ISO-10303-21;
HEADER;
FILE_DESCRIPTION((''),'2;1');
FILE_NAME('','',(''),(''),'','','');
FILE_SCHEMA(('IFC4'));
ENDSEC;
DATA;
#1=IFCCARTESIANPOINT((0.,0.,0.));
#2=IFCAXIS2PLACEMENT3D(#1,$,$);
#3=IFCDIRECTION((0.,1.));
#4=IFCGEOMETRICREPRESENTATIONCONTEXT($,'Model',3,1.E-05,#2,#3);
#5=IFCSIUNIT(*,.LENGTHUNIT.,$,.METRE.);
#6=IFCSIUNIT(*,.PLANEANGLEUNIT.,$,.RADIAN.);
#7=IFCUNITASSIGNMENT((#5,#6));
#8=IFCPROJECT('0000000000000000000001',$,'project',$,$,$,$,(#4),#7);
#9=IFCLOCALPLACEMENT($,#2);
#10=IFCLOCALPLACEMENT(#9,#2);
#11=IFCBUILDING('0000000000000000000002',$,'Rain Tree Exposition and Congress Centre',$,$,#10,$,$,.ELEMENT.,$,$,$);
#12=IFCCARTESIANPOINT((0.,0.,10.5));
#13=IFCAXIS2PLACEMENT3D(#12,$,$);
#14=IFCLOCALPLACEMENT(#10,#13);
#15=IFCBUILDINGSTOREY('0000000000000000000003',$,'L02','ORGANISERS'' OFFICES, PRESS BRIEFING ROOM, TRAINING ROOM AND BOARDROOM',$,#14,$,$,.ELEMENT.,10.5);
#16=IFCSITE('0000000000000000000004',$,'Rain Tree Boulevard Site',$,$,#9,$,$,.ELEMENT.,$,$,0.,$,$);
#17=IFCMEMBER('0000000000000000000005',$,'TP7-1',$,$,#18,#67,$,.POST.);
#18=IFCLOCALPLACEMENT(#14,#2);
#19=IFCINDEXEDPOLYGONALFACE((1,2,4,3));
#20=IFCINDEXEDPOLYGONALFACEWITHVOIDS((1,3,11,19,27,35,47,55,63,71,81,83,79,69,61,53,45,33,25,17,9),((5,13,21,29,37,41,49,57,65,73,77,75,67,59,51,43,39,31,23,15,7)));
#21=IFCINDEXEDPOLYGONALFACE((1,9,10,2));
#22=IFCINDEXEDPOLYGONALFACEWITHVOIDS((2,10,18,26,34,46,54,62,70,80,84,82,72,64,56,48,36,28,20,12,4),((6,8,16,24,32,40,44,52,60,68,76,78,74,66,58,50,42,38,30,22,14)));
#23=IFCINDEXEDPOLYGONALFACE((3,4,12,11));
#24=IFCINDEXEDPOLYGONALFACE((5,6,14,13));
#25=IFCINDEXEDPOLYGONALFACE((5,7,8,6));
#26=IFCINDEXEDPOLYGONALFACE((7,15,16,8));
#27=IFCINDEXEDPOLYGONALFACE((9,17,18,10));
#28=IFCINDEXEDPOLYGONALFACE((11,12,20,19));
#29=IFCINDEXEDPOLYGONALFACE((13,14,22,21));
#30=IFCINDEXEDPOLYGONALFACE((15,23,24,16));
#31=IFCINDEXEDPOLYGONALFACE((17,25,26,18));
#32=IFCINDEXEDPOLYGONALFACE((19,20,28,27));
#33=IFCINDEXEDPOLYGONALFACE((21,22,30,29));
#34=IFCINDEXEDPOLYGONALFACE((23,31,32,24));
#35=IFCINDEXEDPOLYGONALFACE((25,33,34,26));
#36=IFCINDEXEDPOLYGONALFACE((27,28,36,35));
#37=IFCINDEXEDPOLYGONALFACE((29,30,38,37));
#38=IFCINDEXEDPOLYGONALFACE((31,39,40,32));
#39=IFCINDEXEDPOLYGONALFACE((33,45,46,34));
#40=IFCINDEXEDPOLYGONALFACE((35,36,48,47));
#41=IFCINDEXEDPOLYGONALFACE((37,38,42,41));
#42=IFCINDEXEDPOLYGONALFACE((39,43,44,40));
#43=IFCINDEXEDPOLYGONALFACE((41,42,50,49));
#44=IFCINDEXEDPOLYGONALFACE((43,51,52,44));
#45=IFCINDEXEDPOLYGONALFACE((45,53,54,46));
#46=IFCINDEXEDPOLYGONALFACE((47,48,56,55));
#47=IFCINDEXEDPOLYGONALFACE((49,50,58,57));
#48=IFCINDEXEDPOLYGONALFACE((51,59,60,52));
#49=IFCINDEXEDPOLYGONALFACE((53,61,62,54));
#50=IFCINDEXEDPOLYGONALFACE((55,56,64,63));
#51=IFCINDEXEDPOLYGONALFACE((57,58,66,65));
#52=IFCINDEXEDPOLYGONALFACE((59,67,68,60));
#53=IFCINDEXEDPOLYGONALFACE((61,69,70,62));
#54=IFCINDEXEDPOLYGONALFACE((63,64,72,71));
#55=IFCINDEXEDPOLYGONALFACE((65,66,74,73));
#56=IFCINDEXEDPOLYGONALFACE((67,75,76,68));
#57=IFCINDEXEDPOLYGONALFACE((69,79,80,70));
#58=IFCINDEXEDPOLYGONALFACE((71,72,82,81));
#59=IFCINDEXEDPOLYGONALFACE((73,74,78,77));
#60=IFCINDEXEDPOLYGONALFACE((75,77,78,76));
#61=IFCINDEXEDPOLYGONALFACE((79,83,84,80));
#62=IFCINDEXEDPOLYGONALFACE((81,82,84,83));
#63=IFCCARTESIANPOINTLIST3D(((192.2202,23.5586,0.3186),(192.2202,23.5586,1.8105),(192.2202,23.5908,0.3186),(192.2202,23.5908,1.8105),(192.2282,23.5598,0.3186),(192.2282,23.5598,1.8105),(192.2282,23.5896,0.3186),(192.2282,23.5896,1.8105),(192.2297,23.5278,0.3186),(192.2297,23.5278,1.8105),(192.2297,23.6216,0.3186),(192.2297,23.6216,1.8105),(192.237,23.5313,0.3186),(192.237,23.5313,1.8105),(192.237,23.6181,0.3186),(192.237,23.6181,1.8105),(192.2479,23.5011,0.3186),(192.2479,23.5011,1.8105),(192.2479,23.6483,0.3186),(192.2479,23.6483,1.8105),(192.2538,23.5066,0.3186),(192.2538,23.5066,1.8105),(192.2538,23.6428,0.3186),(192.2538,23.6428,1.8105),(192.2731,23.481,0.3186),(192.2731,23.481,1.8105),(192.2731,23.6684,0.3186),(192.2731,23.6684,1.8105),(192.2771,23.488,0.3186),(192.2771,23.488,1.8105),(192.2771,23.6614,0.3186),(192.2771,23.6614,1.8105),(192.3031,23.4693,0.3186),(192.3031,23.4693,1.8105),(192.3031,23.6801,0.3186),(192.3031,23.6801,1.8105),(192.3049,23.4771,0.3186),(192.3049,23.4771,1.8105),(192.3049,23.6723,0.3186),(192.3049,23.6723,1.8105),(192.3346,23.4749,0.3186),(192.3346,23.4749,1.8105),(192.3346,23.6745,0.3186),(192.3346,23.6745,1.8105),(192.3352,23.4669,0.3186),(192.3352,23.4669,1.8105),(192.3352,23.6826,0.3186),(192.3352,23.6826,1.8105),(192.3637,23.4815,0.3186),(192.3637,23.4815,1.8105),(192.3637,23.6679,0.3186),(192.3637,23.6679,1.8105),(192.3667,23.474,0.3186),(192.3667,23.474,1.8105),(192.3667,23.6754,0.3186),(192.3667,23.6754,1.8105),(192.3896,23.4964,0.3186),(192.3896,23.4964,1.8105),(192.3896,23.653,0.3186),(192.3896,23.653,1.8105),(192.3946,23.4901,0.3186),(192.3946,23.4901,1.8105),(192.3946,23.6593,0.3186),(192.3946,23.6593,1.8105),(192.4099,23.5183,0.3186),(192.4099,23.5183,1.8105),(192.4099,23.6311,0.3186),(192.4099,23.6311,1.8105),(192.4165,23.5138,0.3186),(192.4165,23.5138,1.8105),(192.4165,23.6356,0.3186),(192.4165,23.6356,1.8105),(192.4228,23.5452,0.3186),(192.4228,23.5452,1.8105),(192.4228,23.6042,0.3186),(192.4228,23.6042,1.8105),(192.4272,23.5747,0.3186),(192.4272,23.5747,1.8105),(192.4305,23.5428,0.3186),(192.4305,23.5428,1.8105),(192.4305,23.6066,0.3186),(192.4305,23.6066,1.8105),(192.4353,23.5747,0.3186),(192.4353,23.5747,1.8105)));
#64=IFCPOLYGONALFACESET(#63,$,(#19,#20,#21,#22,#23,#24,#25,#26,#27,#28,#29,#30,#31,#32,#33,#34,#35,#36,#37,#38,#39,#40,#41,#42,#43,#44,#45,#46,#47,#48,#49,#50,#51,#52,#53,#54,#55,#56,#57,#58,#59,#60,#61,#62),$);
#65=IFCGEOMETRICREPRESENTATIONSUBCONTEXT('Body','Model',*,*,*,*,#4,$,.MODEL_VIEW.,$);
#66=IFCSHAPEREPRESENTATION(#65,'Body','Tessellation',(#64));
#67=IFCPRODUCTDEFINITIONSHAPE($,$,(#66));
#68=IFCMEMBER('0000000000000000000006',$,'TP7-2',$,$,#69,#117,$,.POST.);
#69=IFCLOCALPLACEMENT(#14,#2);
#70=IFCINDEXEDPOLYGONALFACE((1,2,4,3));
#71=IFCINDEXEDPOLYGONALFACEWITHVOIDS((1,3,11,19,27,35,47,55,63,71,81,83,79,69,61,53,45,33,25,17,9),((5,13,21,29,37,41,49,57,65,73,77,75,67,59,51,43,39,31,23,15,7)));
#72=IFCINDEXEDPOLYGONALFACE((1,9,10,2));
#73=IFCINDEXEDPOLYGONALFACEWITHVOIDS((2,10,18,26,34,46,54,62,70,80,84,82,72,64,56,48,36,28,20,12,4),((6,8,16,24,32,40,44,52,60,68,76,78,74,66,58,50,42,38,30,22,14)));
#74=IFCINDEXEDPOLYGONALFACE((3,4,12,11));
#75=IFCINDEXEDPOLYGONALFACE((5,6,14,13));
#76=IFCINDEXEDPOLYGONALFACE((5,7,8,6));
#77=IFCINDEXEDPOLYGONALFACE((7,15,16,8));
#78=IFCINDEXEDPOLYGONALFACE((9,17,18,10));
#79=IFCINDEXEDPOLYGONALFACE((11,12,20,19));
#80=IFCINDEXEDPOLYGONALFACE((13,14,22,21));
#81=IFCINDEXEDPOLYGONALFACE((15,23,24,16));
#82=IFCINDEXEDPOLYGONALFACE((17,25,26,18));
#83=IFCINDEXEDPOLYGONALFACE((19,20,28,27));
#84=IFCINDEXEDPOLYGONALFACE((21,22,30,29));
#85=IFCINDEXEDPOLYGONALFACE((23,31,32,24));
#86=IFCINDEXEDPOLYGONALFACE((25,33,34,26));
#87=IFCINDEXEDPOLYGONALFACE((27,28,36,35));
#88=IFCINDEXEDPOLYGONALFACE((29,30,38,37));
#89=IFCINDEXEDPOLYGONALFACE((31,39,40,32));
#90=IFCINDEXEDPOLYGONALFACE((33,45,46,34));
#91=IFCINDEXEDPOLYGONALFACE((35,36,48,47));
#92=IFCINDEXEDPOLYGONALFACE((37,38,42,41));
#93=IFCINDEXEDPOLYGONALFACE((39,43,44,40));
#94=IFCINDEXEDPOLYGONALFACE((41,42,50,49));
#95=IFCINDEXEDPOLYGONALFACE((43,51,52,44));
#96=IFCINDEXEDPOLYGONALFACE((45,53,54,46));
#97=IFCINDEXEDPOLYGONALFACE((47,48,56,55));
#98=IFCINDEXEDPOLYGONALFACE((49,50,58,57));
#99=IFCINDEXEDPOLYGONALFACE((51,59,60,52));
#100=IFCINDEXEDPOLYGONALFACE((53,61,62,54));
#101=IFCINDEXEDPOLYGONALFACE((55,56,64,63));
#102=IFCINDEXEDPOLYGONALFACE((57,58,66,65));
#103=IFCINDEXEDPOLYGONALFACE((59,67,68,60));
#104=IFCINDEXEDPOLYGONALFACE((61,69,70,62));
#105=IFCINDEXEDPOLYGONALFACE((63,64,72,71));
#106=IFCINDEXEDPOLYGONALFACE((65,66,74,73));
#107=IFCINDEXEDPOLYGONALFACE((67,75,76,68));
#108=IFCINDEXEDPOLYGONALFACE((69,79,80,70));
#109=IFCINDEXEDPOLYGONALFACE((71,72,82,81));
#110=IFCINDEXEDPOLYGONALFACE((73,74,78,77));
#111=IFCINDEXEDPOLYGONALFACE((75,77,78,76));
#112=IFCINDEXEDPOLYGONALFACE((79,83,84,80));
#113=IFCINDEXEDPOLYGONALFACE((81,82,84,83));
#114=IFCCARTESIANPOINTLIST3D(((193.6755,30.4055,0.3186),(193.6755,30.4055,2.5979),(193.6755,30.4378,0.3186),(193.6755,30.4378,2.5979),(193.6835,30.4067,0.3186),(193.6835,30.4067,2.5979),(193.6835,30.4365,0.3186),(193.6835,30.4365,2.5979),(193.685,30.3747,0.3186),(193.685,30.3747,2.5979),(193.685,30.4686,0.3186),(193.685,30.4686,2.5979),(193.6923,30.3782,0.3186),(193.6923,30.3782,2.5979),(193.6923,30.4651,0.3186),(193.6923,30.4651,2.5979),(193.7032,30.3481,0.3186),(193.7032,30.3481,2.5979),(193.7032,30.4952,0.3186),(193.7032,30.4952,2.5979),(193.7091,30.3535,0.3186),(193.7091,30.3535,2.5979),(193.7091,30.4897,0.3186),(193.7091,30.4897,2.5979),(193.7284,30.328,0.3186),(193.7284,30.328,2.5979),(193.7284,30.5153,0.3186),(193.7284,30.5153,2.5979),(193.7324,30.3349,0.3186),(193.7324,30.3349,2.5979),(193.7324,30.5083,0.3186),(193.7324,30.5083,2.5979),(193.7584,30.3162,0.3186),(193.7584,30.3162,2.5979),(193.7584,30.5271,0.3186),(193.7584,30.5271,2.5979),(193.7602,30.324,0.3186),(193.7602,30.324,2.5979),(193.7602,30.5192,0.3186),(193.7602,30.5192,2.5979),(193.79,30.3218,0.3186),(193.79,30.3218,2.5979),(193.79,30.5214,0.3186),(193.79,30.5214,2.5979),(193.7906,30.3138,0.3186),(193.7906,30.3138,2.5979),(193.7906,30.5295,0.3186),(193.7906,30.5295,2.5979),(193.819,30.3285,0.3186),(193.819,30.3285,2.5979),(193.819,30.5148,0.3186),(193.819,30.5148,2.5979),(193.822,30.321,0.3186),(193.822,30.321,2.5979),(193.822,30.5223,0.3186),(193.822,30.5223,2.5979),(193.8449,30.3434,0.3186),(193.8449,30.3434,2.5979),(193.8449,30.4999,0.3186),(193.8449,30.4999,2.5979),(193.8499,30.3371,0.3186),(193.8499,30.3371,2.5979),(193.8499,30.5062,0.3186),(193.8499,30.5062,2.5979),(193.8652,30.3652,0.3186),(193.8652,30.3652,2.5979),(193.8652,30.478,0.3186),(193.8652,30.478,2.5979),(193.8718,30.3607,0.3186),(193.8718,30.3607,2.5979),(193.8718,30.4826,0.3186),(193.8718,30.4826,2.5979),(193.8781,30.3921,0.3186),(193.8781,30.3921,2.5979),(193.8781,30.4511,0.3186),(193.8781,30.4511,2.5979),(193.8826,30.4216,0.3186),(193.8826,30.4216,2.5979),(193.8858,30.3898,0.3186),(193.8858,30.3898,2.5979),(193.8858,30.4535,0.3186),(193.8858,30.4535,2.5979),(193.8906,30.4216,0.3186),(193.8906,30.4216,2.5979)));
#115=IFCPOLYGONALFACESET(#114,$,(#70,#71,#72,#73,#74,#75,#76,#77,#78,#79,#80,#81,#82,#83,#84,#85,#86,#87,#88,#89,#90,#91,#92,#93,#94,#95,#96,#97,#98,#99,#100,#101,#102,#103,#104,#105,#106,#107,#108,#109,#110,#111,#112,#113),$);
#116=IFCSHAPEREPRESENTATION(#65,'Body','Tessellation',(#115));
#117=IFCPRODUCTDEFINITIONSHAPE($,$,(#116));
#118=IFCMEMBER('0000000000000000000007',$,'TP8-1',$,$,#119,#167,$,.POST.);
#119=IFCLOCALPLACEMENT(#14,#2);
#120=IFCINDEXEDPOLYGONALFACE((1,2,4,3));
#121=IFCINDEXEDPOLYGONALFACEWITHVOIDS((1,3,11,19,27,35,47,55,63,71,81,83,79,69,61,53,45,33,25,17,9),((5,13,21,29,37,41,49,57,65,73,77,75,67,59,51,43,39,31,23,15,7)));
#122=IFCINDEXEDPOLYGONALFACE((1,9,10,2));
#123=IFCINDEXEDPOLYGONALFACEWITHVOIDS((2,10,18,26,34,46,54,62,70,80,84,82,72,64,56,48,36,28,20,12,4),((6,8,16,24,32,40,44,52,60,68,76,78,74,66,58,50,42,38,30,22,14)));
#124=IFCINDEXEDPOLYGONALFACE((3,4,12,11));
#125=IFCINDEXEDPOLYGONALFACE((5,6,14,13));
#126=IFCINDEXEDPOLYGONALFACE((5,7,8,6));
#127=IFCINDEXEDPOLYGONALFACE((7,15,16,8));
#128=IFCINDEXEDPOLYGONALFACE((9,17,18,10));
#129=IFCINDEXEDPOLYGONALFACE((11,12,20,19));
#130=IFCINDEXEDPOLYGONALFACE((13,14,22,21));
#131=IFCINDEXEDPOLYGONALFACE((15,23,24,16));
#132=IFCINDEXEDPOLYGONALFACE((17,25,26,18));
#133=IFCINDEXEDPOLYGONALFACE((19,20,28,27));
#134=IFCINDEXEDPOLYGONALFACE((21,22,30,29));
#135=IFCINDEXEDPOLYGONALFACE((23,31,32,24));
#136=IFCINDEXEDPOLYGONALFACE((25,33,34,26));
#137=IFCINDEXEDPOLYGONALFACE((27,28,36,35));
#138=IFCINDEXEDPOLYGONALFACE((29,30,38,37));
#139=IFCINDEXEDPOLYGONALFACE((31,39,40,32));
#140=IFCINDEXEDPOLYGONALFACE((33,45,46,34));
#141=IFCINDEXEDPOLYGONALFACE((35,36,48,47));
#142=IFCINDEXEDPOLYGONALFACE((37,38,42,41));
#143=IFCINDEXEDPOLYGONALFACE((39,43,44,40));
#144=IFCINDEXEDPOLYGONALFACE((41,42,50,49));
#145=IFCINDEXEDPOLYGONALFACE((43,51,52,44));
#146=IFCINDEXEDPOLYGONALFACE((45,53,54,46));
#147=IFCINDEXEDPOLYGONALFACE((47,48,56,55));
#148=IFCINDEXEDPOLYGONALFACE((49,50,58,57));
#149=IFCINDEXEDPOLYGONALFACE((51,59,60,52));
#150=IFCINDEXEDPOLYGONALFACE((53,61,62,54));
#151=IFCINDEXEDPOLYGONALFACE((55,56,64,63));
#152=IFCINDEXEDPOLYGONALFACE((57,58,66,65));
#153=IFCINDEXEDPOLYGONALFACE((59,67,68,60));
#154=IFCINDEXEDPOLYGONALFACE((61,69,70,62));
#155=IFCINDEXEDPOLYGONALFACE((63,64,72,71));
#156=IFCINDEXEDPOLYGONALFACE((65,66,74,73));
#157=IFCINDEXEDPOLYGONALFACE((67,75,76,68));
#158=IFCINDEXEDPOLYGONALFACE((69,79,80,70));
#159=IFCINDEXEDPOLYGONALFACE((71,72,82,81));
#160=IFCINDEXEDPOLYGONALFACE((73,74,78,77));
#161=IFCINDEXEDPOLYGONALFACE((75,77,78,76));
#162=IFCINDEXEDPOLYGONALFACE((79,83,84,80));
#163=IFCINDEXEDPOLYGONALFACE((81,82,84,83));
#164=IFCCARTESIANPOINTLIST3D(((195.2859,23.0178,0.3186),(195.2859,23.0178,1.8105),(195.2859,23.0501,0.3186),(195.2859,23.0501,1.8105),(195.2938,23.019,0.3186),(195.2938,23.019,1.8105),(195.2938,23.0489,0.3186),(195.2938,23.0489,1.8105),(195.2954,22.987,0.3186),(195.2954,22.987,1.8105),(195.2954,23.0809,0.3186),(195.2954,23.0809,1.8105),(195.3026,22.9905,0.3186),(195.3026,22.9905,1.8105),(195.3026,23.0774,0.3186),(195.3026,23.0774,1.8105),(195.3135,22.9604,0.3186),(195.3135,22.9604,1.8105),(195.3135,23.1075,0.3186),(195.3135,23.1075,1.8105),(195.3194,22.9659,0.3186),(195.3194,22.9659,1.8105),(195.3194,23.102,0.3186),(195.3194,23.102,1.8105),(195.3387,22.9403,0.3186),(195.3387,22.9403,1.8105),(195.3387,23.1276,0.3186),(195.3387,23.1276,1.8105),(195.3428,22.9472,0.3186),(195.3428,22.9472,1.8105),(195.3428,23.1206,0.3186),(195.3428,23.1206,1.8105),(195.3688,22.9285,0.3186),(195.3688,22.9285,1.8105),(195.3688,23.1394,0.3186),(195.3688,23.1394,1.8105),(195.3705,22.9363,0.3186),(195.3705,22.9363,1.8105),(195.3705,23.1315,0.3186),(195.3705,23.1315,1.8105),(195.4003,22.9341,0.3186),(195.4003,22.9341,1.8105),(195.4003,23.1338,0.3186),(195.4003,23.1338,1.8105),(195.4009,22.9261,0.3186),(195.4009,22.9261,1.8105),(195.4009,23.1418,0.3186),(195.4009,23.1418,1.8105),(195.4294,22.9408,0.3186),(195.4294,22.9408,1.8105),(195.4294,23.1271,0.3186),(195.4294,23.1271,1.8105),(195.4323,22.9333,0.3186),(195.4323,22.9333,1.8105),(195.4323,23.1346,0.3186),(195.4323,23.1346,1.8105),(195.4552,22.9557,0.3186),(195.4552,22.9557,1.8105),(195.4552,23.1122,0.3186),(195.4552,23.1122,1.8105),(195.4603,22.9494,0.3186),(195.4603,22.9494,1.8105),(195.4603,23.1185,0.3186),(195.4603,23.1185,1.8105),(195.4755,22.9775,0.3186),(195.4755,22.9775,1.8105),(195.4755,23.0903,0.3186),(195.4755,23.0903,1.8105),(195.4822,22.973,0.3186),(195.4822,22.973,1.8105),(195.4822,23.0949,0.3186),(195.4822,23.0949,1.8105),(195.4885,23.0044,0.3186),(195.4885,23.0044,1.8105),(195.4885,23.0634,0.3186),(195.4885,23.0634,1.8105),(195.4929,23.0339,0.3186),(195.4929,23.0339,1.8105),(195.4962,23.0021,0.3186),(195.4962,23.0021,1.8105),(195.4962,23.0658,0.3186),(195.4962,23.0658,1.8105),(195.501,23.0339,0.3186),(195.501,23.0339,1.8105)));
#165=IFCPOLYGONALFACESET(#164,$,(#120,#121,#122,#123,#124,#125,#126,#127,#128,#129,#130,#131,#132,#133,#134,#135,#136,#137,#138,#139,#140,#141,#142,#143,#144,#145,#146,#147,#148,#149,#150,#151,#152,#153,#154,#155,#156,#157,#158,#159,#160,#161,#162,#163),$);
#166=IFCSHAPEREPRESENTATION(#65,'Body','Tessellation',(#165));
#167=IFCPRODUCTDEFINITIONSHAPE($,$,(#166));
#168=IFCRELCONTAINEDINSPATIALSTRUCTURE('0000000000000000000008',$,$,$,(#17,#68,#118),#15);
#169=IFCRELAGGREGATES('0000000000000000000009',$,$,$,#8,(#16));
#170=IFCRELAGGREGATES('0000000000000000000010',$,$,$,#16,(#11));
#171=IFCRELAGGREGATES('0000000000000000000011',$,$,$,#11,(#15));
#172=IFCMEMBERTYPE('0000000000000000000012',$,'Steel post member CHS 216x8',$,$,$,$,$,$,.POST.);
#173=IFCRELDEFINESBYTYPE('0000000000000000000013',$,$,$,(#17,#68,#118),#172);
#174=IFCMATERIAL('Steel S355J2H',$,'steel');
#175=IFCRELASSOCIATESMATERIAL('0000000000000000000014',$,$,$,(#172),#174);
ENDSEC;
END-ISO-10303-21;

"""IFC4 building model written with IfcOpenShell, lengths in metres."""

from ifc_helpers import new_model, si_unit, direction, frame, origin, origin_2d, place, context, subcontext, project, spatial, hollow_circle, extrude, material, material_profile, profile_set, type_object, element, save


model = new_model("IFC4")

# Units and contexts
model_context = context("Model", 3, precision=1e-05, world=origin(), true_north=direction((0.0, 1.0)))
body_context = subcontext(model_context, "Body", "Model", "MODEL_VIEW")
ifc_project = project(units=[si_unit("LENGTHUNIT", "METRE"), si_unit("PLANEANGLEUNIT", "RADIAN")], contexts=[model_context])

# Site, building, storey
site_placement = place(None, origin())
site = spatial("IfcSite", under=ifc_project, at=site_placement, Name="Rain Tree Boulevard Site", CompositionType="ELEMENT", RefElevation=0.0)
building_placement = place(site_placement, origin())
building = spatial("IfcBuilding", under=site, at=building_placement, Name="Rain Tree Exposition and Congress Centre", CompositionType="ELEMENT")
storey_placement = place(building_placement, frame((0.0, 0.0, 10.5)))
storey = spatial("IfcBuildingStorey", under=building, at=storey_placement, Name="L02", Description="ORGANISERS' OFFICES, PRESS BRIEFING ROOM, TRAINING ROOM AND BOARDROOM", CompositionType="ELEMENT", Elevation=10.5)

# Members
ifc_material_1 = material(Name="Steel S355J2H", Category="steel")
ifc_material_profile_1 = material_profile(ifc_material_1, hollow_circle(Radius=0.1082, WallThickness=0.0081, at=origin_2d()), Name="CHS 216x8")
ifc_profile_set_1 = profile_set([ifc_material_profile_1], Name="Steel S355J2H")
member_type_1 = type_object("IfcMemberType", Name="Steel post member CHS 216x8", PredefinedType="POST", material=ifc_profile_set_1)
member_1_placement = place(storey_placement, frame((192.3271, 23.5747, 0.3186), z_axis=(0.0, 0.0, 1.0), x_axis=(1.0, 0.0, 0.0)))
element("IfcMember", 1, at=member_1_placement, inside=storey, type_object=member_type_1, Name="TP7-1", PredefinedType="POST", context=body_context, shape_type="SweptSolid", body=[
    extrude(hollow_circle(Radius=0.1082, WallThickness=0.0081, at=origin_2d()), origin(), (0.0, 0.0, 1.0), 1.4919),
])
member_2_placement = place(storey_placement, frame((193.7825, 30.4216, 0.3186), z_axis=(0.0, 0.0, 1.0), x_axis=(1.0, 0.0, 0.0)))
element("IfcMember", 2, at=member_2_placement, inside=storey, type_object=member_type_1, Name="TP7-2", PredefinedType="POST", context=body_context, shape_type="SweptSolid", body=[
    extrude(hollow_circle(Radius=0.1082, WallThickness=0.0081, at=origin_2d()), origin(), (0.0, 0.0, 1.0), 2.2793),
])
member_3_placement = place(storey_placement, frame((195.3928, 23.0339, 0.3186), z_axis=(0.0, 0.0, 1.0), x_axis=(1.0, 0.0, 0.0)))
element("IfcMember", 3, at=member_3_placement, inside=storey, type_object=member_type_1, Name="TP8-1", PredefinedType="POST", context=body_context, shape_type="SweptSolid", body=[
    extrude(hollow_circle(Radius=0.1082, WallThickness=0.0081, at=origin_2d()), origin(), (0.0, 0.0, 1.0), 1.4919),
])

save(model, "model.ifc")
